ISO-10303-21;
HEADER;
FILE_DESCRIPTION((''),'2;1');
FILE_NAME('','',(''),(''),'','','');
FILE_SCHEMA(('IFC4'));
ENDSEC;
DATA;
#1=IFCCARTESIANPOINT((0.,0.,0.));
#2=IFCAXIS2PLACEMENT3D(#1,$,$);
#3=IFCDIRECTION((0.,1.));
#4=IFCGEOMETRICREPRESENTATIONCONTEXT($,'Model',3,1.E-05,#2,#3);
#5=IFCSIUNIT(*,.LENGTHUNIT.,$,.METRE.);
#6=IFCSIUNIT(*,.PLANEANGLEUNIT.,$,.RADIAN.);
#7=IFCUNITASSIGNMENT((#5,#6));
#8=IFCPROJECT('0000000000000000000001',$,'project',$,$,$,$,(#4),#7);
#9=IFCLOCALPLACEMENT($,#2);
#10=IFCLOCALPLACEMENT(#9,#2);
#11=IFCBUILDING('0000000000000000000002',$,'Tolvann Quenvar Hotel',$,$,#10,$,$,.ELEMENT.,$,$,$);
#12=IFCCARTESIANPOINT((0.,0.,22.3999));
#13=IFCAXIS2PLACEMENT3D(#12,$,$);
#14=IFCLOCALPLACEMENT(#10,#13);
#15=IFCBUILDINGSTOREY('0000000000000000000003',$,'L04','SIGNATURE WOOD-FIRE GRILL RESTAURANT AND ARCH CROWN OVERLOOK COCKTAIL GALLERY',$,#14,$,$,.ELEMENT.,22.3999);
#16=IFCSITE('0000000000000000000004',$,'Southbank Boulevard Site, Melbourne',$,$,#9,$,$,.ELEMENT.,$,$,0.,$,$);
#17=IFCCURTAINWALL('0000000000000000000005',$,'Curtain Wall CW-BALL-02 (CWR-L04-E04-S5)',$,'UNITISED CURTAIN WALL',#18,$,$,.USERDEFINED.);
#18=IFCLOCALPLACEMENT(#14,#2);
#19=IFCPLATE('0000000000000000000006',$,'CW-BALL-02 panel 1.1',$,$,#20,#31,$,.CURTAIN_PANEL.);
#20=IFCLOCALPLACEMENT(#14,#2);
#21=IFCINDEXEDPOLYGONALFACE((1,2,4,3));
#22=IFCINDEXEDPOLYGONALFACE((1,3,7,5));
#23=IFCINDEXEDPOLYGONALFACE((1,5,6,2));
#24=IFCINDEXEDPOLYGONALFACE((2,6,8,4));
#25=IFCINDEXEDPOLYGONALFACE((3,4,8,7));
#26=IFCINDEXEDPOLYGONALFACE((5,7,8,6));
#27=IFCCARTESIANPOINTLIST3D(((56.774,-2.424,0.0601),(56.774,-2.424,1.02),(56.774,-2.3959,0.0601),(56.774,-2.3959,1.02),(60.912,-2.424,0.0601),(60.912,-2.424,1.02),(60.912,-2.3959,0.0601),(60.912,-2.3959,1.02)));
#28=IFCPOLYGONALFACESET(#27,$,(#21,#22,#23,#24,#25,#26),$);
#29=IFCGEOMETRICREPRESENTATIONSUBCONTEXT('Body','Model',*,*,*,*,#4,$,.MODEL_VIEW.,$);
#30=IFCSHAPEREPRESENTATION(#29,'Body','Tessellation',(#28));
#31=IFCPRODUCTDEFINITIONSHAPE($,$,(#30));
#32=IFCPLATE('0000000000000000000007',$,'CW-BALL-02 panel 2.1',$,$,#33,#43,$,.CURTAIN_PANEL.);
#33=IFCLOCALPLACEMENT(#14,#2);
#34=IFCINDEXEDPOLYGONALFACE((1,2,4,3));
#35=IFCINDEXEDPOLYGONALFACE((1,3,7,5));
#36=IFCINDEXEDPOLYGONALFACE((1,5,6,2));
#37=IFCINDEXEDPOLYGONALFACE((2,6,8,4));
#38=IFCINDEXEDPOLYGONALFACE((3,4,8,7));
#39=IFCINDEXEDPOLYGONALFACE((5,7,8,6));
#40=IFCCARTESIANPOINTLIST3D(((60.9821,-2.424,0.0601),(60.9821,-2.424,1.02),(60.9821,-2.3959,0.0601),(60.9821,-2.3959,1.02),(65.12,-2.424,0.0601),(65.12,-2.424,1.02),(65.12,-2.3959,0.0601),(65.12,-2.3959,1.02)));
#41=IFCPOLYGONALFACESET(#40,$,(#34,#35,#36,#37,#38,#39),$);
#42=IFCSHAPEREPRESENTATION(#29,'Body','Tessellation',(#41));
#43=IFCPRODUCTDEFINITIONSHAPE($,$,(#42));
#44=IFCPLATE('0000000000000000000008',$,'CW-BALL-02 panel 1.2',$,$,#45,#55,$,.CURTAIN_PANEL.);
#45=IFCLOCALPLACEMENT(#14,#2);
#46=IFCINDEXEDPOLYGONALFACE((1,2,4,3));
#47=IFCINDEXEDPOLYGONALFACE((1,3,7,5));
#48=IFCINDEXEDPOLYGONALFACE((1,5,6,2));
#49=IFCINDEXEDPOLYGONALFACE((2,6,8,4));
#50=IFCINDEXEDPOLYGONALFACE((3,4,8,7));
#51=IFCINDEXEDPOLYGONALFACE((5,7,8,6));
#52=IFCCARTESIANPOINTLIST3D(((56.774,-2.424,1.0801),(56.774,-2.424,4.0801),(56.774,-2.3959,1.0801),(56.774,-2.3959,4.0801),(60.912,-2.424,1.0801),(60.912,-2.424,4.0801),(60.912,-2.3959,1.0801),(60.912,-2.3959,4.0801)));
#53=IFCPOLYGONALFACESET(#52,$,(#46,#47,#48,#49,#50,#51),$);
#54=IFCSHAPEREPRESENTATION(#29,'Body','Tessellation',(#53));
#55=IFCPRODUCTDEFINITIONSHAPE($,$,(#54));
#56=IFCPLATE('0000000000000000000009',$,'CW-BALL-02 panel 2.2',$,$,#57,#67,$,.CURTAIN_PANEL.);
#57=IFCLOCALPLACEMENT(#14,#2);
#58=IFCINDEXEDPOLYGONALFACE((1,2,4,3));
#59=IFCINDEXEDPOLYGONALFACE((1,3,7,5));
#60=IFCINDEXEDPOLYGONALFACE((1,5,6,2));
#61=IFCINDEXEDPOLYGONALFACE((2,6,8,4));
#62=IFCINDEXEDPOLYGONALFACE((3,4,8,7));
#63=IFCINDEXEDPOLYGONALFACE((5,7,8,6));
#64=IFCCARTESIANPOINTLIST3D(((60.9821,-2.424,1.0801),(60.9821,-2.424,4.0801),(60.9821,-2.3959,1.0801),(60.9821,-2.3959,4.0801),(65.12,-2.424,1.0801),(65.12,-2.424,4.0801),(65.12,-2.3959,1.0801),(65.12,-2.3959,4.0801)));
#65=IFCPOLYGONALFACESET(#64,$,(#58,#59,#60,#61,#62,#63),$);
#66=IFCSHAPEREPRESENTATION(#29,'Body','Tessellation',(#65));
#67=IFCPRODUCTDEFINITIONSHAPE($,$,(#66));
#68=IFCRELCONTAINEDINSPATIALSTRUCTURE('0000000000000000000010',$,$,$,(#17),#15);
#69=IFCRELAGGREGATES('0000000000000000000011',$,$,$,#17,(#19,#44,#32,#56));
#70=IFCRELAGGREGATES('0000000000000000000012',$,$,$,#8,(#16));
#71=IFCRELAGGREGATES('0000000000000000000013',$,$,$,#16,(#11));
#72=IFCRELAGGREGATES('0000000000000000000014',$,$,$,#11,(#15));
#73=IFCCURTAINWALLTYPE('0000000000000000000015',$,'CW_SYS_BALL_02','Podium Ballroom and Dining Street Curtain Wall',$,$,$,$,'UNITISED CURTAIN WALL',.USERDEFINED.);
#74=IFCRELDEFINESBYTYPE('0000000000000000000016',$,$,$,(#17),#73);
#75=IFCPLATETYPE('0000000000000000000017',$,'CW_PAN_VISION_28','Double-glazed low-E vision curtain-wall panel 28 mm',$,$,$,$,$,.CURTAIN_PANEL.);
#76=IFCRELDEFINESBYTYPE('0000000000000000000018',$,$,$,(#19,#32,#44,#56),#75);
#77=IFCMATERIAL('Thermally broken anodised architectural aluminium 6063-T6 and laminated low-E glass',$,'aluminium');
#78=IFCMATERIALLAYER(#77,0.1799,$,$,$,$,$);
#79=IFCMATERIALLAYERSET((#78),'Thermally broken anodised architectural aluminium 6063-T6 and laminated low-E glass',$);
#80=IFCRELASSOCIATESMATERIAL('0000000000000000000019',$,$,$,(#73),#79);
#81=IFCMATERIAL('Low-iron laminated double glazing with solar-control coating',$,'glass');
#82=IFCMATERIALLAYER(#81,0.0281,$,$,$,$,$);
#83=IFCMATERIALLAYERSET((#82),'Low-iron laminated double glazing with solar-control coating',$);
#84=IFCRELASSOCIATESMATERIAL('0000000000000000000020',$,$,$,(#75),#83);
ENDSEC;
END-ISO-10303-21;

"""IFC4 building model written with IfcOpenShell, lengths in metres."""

from ifc_helpers import new_model, si_unit, direction, frame, origin, origin_2d, place, context, subcontext, project, spatial, rectangle, extrude, source, transform, mapped, material, layer, layer_set, type_object, type_shapes, element, aggregate, save


model = new_model("IFC4")

# Units and contexts
model_context = context("Model", 3, precision=1e-05, world=origin(), true_north=direction((0.0, 1.0)))
body_context = subcontext(model_context, "Body", "Model", "MODEL_VIEW")
ifc_project = project(units=[si_unit("LENGTHUNIT", "METRE"), si_unit("PLANEANGLEUNIT", "RADIAN")], contexts=[model_context])

# Site, building, storey
site_placement = place(None, origin())
site = spatial("IfcSite", under=ifc_project, at=site_placement, Name="Southbank Boulevard Site, Melbourne", CompositionType="ELEMENT", RefElevation=0.0)
building_placement = place(site_placement, origin())
building = spatial("IfcBuilding", under=site, at=building_placement, Name="Tolvann Quenvar Hotel", CompositionType="ELEMENT")
storey_placement = place(building_placement, frame((0.0, 0.0, 22.3999)))
storey = spatial("IfcBuildingStorey", under=building, at=storey_placement, Name="L04", Description="SIGNATURE WOOD-FIRE GRILL RESTAURANT AND ARCH CROWN OVERLOOK COCKTAIL GALLERY", CompositionType="ELEMENT", Elevation=22.3999)

# Curtain wall
ifc_material_1 = material(Name="Thermally broken anodised architectural aluminium 6063-T6 and laminated low-E glass", Category="aluminium")
ifc_layer_1 = layer(ifc_material_1, 0.1799)
ifc_layer_set_1 = layer_set([ifc_layer_1], Name="Thermally broken anodised architectural aluminium 6063-T6 and laminated low-E glass")
curtain_wall_type = type_object("IfcCurtainWallType", Name="CW_SYS_BALL_02", Description="Podium Ballroom and Dining Street Curtain Wall", ElementType="UNITISED CURTAIN WALL", PredefinedType="USERDEFINED", material=ifc_layer_set_1)
curtain_wall_1_placement = place(storey_placement, origin())
curtain_wall_1 = element("IfcCurtainWall", 1, at=curtain_wall_1_placement, inside=storey, type_object=curtain_wall_type, Name="Curtain Wall CW-BALL-02 (CWR-L04-E04-S5)", ObjectType="UNITISED CURTAIN WALL", PredefinedType="USERDEFINED")

# Plates
ifc_material_2 = material(Name="Low-iron laminated double glazing with solar-control coating", Category="glass")
ifc_layer_2 = layer(ifc_material_2, 0.0281)
ifc_layer_set_2 = layer_set([ifc_layer_2], Name="Low-iron laminated double glazing with solar-control coating")
plate_type = type_object("IfcPlateType", Name="CW_PAN_VISION_28", Description="Double-glazed low-E vision curtain-wall panel 28 mm", PredefinedType="CURTAIN_PANEL", material=ifc_layer_set_2)
shared_shape_1 = source(origin(), body_context, "Body", "SweptSolid", [
    extrude(rectangle(XDim=4.1379, YDim=0.0281, at=origin_2d()), origin(), (0.0, 0.0, 1.0), 0.96),
])
plate_1_placement = place(storey_placement, frame((58.843, -2.4099, 0.0601), z_axis=(0.0, 0.0, 1.0), x_axis=(1.0, 0.0, 0.0)))
plate_1 = element("IfcPlate", 2, at=plate_1_placement, type_object=plate_type, Name="CW-BALL-02 panel 1.1", PredefinedType="CURTAIN_PANEL", context=body_context, shape_type="MappedRepresentation", body=[
    mapped(shared_shape_1, transform((0.0, 0.0, 0.0), x_axis=(1.0, 0.0, 0.0), y_axis=(0.0, 1.0, 0.0), z_axis=(0.0, 0.0, 1.0), scale=1.0)),
])
plate_2_placement = place(storey_placement, frame((63.051, -2.4099, 0.0601), z_axis=(0.0, 0.0, 1.0), x_axis=(1.0, 0.0, 0.0)))
plate_2 = element("IfcPlate", 3, at=plate_2_placement, type_object=plate_type, Name="CW-BALL-02 panel 2.1", PredefinedType="CURTAIN_PANEL", context=body_context, shape_type="MappedRepresentation", body=[
    mapped(shared_shape_1, transform((0.0, 0.0, 0.0), x_axis=(1.0, 0.0, 0.0), y_axis=(0.0, 1.0, 0.0), z_axis=(0.0, 0.0, 1.0), scale=1.0)),
])
shared_shape_2 = source(origin(), body_context, "Body", "SweptSolid", [
    extrude(rectangle(XDim=4.1379, YDim=0.0281, at=origin_2d()), origin(), (0.0, 0.0, 1.0), 3.0),
])
type_shapes(plate_type, [shared_shape_1, shared_shape_2])
plate_3_placement = place(storey_placement, frame((58.843, -2.4099, 1.0801), z_axis=(0.0, 0.0, 1.0), x_axis=(1.0, 0.0, 0.0)))
plate_3 = element("IfcPlate", 4, at=plate_3_placement, type_object=plate_type, Name="CW-BALL-02 panel 1.2", PredefinedType="CURTAIN_PANEL", context=body_context, shape_type="MappedRepresentation", body=[
    mapped(shared_shape_2, transform((0.0, 0.0, 0.0), x_axis=(1.0, 0.0, 0.0), y_axis=(0.0, 1.0, 0.0), z_axis=(0.0, 0.0, 1.0), scale=1.0)),
])
plate_4_placement = place(storey_placement, frame((63.051, -2.4099, 1.0801), z_axis=(0.0, 0.0, 1.0), x_axis=(1.0, 0.0, 0.0)))
plate_4 = element("IfcPlate", 5, at=plate_4_placement, type_object=plate_type, Name="CW-BALL-02 panel 2.2", PredefinedType="CURTAIN_PANEL", context=body_context, shape_type="MappedRepresentation", body=[
    mapped(shared_shape_2, transform((0.0, 0.0, 0.0), x_axis=(1.0, 0.0, 0.0), y_axis=(0.0, 1.0, 0.0), z_axis=(0.0, 0.0, 1.0), scale=1.0)),
])
aggregate(curtain_wall_1, [plate_1, plate_3, plate_2, plate_4])

save(model, "model.ifc")
